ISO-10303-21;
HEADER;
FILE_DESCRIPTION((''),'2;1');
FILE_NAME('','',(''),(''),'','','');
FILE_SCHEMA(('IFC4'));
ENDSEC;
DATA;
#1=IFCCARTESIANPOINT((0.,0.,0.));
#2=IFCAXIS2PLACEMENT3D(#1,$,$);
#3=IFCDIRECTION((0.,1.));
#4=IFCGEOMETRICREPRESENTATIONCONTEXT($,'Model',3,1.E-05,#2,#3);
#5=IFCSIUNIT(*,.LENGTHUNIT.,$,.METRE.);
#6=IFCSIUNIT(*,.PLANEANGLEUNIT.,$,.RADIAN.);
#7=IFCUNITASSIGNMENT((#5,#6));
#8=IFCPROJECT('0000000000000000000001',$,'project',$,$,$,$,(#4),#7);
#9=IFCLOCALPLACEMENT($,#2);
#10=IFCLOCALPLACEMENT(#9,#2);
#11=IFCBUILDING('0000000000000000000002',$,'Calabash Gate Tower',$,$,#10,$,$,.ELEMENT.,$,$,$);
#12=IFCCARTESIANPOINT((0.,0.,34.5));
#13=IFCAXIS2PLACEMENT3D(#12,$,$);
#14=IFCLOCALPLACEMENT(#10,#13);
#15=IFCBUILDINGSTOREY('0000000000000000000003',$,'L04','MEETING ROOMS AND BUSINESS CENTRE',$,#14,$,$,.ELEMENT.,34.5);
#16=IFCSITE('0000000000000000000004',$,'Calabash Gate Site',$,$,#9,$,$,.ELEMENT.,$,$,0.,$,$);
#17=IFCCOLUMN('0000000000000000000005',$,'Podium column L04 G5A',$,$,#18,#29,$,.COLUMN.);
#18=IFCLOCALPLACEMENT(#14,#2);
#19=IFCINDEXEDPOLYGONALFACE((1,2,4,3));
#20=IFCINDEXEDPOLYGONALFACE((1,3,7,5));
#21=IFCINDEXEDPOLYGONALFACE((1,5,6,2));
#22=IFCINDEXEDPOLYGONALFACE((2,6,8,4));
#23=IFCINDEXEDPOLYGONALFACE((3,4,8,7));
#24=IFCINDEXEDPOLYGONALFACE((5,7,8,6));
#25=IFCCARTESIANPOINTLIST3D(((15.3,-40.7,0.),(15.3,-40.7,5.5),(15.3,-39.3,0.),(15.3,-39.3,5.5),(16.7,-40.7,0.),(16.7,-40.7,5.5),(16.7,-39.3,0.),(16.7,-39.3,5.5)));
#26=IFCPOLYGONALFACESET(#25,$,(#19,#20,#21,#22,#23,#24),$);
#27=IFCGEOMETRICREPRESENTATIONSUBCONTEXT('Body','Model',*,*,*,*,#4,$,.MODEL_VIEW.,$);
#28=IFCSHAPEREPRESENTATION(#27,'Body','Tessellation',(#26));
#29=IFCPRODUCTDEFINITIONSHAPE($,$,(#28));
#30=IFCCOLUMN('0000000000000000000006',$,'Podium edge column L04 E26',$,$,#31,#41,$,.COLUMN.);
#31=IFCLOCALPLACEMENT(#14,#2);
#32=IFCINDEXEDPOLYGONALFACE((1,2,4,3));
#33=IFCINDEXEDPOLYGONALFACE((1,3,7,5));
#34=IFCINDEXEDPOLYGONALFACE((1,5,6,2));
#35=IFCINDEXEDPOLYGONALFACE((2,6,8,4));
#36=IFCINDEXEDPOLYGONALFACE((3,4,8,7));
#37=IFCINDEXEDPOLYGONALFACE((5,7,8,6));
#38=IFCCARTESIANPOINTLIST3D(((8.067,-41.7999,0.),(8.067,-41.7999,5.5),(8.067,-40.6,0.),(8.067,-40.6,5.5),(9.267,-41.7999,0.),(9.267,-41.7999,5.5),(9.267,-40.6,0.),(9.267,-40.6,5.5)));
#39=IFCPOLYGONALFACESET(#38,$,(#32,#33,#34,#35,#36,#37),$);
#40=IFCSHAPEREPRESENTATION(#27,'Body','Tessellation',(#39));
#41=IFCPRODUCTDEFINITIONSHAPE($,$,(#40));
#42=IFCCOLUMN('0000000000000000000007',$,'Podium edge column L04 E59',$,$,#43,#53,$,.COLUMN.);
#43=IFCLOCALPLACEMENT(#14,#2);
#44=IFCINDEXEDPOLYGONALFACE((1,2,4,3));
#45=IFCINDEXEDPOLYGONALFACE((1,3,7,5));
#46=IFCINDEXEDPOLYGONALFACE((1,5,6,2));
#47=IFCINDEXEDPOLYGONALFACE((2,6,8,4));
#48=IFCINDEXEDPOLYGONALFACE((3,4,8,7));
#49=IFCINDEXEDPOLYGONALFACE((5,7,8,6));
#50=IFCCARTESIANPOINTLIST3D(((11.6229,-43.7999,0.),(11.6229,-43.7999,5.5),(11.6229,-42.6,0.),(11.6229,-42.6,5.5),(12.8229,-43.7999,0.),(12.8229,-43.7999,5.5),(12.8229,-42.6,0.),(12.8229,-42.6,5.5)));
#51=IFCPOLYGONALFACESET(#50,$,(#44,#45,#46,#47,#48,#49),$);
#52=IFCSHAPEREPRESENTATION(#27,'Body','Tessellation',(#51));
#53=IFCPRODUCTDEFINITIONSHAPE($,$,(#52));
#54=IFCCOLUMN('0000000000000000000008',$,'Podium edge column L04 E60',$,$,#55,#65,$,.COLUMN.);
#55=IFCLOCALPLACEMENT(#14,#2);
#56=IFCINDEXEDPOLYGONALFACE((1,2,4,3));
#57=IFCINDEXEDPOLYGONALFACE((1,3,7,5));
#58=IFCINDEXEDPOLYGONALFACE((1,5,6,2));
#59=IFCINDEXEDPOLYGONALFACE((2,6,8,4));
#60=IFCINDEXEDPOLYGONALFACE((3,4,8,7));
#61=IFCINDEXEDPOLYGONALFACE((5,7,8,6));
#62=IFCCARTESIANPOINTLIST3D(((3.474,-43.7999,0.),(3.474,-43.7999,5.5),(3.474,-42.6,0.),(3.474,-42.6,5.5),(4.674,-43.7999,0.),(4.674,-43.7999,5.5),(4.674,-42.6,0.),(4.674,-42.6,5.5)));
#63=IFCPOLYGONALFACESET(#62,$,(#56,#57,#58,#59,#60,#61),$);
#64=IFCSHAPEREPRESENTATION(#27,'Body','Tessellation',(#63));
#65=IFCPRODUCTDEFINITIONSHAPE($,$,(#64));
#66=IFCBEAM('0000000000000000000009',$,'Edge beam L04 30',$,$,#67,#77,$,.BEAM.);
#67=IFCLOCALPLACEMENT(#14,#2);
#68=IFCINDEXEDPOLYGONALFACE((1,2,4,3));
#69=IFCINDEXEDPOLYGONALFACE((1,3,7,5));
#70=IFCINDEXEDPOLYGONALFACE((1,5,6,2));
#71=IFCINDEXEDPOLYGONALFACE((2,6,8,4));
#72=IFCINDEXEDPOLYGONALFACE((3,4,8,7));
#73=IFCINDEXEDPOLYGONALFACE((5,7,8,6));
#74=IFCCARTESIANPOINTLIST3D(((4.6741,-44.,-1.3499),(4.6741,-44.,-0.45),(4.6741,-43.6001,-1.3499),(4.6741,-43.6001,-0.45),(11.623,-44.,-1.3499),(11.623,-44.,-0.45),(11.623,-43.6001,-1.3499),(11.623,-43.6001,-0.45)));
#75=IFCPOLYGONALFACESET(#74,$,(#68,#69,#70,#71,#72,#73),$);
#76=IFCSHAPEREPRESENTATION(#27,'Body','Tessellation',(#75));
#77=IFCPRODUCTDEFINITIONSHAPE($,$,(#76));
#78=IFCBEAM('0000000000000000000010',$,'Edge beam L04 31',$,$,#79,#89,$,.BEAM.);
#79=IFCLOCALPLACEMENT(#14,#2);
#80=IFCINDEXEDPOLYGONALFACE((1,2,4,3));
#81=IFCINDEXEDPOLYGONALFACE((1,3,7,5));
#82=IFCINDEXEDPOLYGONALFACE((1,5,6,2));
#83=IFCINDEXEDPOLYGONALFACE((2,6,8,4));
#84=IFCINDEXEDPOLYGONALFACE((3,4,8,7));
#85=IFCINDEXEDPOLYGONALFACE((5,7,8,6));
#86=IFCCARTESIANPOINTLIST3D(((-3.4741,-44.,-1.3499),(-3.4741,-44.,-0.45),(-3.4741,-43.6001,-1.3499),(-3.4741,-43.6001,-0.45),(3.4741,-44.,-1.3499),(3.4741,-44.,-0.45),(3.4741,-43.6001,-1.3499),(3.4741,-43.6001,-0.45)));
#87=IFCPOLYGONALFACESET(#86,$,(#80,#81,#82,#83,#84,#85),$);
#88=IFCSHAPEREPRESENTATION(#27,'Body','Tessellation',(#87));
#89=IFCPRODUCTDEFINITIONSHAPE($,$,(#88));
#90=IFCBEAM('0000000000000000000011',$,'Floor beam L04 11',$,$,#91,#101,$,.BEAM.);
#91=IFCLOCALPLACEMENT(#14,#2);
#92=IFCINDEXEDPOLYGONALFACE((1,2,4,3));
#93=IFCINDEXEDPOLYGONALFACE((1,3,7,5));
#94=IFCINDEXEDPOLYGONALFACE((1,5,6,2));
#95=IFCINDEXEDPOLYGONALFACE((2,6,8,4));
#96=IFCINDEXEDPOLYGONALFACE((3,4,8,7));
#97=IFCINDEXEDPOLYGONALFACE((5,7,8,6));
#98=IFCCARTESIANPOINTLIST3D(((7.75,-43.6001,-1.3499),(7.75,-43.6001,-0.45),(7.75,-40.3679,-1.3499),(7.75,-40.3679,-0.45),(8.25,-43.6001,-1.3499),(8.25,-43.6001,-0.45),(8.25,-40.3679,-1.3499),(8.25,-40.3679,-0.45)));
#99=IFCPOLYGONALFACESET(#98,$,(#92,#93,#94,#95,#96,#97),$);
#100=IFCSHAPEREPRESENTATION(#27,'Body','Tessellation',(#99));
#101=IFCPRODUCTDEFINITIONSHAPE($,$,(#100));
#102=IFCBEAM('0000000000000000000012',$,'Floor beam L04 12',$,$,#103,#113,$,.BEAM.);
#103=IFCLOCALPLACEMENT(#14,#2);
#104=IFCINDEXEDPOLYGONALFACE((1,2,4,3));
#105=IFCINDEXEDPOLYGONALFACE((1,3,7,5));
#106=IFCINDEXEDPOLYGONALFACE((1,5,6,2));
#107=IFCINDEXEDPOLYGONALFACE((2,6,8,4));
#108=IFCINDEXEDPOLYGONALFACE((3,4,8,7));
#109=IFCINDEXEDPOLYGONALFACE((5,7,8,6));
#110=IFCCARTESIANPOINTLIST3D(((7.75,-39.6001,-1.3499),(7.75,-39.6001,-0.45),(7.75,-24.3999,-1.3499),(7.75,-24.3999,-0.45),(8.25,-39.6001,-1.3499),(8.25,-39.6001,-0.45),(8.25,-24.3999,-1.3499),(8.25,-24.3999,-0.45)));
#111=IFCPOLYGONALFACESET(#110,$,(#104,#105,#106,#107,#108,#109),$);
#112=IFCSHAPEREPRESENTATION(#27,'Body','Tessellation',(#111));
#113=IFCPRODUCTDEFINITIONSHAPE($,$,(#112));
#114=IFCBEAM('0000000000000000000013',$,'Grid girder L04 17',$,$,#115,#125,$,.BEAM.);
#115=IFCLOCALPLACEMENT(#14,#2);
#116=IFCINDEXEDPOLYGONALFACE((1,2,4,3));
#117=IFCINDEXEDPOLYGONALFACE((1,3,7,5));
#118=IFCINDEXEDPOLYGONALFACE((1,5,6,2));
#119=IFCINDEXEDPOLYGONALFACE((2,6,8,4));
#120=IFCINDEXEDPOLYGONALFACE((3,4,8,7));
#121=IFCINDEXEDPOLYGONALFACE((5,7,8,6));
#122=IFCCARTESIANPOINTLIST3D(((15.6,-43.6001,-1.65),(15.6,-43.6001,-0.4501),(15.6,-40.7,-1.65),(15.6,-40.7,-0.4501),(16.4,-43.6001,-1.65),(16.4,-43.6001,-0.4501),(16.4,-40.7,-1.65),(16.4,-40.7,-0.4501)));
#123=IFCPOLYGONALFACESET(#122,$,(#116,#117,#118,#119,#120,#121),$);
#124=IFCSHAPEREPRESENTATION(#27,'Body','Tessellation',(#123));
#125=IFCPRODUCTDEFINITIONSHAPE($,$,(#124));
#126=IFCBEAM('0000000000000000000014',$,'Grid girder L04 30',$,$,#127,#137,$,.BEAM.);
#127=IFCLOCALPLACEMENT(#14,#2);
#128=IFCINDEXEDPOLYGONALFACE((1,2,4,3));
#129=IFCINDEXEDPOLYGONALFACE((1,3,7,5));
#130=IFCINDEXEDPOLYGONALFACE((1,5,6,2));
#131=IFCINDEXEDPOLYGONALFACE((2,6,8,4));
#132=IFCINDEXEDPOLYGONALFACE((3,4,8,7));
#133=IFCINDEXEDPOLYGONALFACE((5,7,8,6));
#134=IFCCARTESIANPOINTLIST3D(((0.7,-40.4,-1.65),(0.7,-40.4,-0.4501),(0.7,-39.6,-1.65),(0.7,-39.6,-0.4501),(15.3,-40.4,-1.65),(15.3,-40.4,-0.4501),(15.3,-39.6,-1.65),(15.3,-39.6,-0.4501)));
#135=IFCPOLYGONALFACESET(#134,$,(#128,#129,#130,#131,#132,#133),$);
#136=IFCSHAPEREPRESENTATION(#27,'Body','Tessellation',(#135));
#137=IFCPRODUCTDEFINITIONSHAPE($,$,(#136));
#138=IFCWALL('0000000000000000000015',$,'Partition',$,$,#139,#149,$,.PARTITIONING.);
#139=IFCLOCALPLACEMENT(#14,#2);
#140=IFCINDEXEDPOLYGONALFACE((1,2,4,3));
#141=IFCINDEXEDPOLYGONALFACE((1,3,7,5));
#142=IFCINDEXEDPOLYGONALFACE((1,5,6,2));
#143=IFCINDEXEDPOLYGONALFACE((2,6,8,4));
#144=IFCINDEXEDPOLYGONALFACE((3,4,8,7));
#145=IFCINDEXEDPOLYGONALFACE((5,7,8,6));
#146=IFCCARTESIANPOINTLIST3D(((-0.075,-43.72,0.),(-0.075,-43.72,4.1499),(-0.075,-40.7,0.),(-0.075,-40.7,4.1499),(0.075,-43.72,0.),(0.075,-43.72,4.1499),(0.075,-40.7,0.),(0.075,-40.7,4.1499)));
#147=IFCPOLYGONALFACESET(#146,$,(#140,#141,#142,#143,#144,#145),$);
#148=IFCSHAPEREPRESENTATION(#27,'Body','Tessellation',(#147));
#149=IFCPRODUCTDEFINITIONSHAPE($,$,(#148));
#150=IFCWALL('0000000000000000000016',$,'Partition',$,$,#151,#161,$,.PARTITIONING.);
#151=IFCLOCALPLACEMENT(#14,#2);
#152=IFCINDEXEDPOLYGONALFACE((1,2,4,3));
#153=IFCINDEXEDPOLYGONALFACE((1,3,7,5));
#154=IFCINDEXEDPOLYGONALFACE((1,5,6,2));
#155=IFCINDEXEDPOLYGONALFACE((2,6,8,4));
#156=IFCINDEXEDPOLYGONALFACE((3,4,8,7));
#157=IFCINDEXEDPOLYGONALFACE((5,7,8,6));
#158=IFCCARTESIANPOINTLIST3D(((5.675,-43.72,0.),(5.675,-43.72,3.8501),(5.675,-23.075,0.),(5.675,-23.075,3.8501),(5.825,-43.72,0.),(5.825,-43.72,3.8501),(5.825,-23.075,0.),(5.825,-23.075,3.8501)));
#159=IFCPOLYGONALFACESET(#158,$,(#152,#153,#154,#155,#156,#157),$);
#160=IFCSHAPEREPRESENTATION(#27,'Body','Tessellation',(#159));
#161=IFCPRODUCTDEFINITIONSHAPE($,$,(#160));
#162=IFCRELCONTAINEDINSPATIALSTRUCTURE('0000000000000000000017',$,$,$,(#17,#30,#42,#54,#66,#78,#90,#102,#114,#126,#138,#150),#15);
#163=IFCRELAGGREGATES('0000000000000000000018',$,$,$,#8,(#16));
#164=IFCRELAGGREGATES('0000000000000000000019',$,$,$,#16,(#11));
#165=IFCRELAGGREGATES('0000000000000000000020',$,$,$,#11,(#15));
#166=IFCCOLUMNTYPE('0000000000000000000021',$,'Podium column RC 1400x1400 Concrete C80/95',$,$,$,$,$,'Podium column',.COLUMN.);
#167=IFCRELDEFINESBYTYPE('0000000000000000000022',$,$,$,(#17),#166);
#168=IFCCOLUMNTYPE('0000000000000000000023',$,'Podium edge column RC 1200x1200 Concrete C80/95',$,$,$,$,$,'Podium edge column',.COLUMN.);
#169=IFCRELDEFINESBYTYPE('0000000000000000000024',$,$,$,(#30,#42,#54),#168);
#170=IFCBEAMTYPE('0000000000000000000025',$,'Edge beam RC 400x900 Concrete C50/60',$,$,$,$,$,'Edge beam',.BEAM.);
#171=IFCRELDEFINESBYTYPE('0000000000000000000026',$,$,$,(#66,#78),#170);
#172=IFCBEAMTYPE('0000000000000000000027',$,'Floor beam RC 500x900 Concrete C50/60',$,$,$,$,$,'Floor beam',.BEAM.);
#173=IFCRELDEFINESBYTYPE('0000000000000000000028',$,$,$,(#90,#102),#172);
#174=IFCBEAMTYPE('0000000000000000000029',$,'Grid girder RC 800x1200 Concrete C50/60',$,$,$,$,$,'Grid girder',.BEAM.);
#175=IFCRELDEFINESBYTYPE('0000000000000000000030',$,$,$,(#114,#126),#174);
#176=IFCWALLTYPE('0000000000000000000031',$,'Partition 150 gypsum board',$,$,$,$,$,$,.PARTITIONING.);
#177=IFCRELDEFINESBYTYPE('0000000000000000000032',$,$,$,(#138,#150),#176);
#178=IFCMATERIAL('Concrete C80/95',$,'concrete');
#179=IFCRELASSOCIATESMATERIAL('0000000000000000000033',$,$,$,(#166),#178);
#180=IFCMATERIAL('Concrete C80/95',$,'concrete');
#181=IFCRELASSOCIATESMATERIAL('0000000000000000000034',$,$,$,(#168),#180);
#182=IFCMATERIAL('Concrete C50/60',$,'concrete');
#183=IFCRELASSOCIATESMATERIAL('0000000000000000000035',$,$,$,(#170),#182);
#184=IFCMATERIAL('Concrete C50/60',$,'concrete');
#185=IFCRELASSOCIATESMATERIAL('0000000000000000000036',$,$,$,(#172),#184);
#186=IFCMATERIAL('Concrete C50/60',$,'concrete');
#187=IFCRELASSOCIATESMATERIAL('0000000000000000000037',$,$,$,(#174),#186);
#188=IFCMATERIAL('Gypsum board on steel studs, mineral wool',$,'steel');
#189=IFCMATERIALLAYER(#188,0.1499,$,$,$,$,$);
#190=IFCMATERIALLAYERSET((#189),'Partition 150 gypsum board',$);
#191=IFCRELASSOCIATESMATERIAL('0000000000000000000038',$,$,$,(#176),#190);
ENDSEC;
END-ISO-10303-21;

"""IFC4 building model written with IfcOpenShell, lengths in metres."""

from ifc_helpers import new_model, si_unit, direction, frame, frame_2d, origin, origin_2d, place, context, subcontext, project, spatial, rectangle, extrude, material, layer, layer_set, material_profile, profile_set, type_object, element, save


model = new_model("IFC4")

# Units and contexts
model_context = context("Model", 3, precision=1e-05, world=origin(), true_north=direction((0.0, 1.0)))
body_context = subcontext(model_context, "Body", "Model", "MODEL_VIEW")
ifc_project = project(units=[si_unit("LENGTHUNIT", "METRE"), si_unit("PLANEANGLEUNIT", "RADIAN")], contexts=[model_context])

# Site, building, storey
site_placement = place(None, origin())
site = spatial("IfcSite", under=ifc_project, at=site_placement, Name="Calabash Gate Site", CompositionType="ELEMENT", RefElevation=0.0)
building_placement = place(site_placement, origin())
building = spatial("IfcBuilding", under=site, at=building_placement, Name="Calabash Gate Tower", CompositionType="ELEMENT")
storey_placement = place(building_placement, frame((0.0, 0.0, 34.5)))
storey = spatial("IfcBuildingStorey", under=building, at=storey_placement, Name="L04", Description="MEETING ROOMS AND BUSINESS CENTRE", CompositionType="ELEMENT", Elevation=34.5)

# Columns
ifc_material_1 = material(Name="Concrete C80/95", Category="concrete")
ifc_material_profile_1 = material_profile(ifc_material_1, rectangle(XDim=1.3999, YDim=1.3999, at=origin_2d()))
ifc_profile_set_1 = profile_set([ifc_material_profile_1], Name="Concrete C80/95")
column_type_1 = type_object("IfcColumnType", Name="Podium column RC 1400x1400 Concrete C80/95", ElementType="Podium column", PredefinedType="COLUMN", material=ifc_profile_set_1)
column_placement = place(storey_placement, frame((16.0, -40.0, 0.0), z_axis=(0.0, 0.0, 1.0), x_axis=(1.0, 0.0, 0.0)))
element("IfcColumn", 1, at=column_placement, inside=storey, type_object=column_type_1, Name="Podium column L04 G5A", PredefinedType="COLUMN", context=body_context, shape_type="SweptSolid", body=[
    extrude(rectangle(XDim=1.3999, YDim=1.3999, at=origin_2d()), origin(), (0.0, 0.0, 1.0), 5.5),
])
ifc_material_2 = material(Name="Concrete C80/95", Category="concrete")
ifc_material_profile_2 = material_profile(ifc_material_2, rectangle(XDim=1.2, YDim=1.2, at=origin_2d()))
ifc_profile_set_2 = profile_set([ifc_material_profile_2], Name="Concrete C80/95")
column_type_2 = type_object("IfcColumnType", Name="Podium edge column RC 1200x1200 Concrete C80/95", ElementType="Podium edge column", PredefinedType="COLUMN", material=ifc_profile_set_2)
for number, where, z_axis, x_axis, name in (
    (2, (8.667, -41.2, 0.0), (0.0, 0.0, 1.0), (1.0, 0.0, 0.0), "Podium edge column L04 E26"),
    (3, (12.2229, -43.2, 0.0), (0.0, 0.0, 1.0), (1.0, 0.0, 0.0), "Podium edge column L04 E59"),
    (4, (4.074, -43.2, 0.0), (0.0, 0.0, 1.0), (1.0, 0.0, 0.0), "Podium edge column L04 E60"),
):
    element("IfcColumn", number, at=place(storey_placement, frame(where, z_axis=z_axis, x_axis=x_axis)), inside=storey, type_object=column_type_2, Name=name, PredefinedType="COLUMN", context=body_context, shape_type="SweptSolid", body=[
        extrude(rectangle(XDim=1.2, YDim=1.2, at=origin_2d()), origin(), (0.0, 0.0, 1.0), 5.5),
    ])

# Beams
ifc_material_3 = material(Name="Concrete C50/60", Category="concrete")
ifc_material_profile_3 = material_profile(ifc_material_3, rectangle(XDim=0.3999, YDim=0.8999, at=origin_2d()))
ifc_profile_set_3 = profile_set([ifc_material_profile_3], Name="Concrete C50/60")
beam_type_1 = type_object("IfcBeamType", Name="Edge beam RC 400x900 Concrete C50/60", ElementType="Edge beam", PredefinedType="BEAM", material=ifc_profile_set_3)
beam_1_placement = place(storey_placement, frame((11.623, -43.8, -0.8999), z_axis=(-1.0, 0.0, 0.0), x_axis=(0.0, -1.0, 0.0)))
element("IfcBeam", 5, at=beam_1_placement, inside=storey, type_object=beam_type_1, Name="Edge beam L04 30", PredefinedType="BEAM", context=body_context, shape_type="SweptSolid", body=[
    extrude(rectangle(XDim=0.3999, YDim=0.8999, at=origin_2d()), origin(), (0.0, 0.0, 1.0), 6.949),
])
beam_2_placement = place(storey_placement, frame((3.4741, -43.8, -0.8999), z_axis=(-1.0, 0.0, 0.0), x_axis=(0.0, -1.0, 0.0)))
element("IfcBeam", 6, at=beam_2_placement, inside=storey, type_object=beam_type_1, Name="Edge beam L04 31", PredefinedType="BEAM", context=body_context, shape_type="SweptSolid", body=[
    extrude(rectangle(XDim=0.3999, YDim=0.8999, at=origin_2d()), origin(), (0.0, 0.0, 1.0), 6.9482),
])
ifc_material_4 = material(Name="Concrete C50/60", Category="concrete")
ifc_material_profile_4 = material_profile(ifc_material_4, rectangle(XDim=0.5, YDim=0.8999, at=origin_2d()))
ifc_profile_set_4 = profile_set([ifc_material_profile_4], Name="Concrete C50/60")
beam_type_2 = type_object("IfcBeamType", Name="Floor beam RC 500x900 Concrete C50/60", ElementType="Floor beam", PredefinedType="BEAM", material=ifc_profile_set_4)
beam_3_placement = place(storey_placement, frame((8.0, -43.6001, -0.8999), z_axis=(0.0, 1.0, 0.0), x_axis=(-1.0, 0.0, 0.0)))
element("IfcBeam", 7, at=beam_3_placement, inside=storey, type_object=beam_type_2, Name="Floor beam L04 11", PredefinedType="BEAM", context=body_context, shape_type="SweptSolid", body=[
    extrude(rectangle(XDim=0.5, YDim=0.8999, at=origin_2d()), origin(), (0.0, 0.0, 1.0), 3.2322),
])
beam_4_placement = place(storey_placement, frame((8.0, -39.6001, -0.8999), z_axis=(0.0, 1.0, 0.0), x_axis=(-1.0, 0.0, 0.0)))
element("IfcBeam", 8, at=beam_4_placement, inside=storey, type_object=beam_type_2, Name="Floor beam L04 12", PredefinedType="BEAM", context=body_context, shape_type="SweptSolid", body=[
    extrude(rectangle(XDim=0.5, YDim=0.8999, at=origin_2d()), origin(), (0.0, 0.0, 1.0), 15.2002),
])
ifc_material_5 = material(Name="Concrete C50/60", Category="concrete")
ifc_material_profile_5 = material_profile(ifc_material_5, rectangle(XDim=0.8, YDim=1.2, at=origin_2d()))
ifc_profile_set_5 = profile_set([ifc_material_profile_5], Name="Concrete C50/60")
beam_type_3 = type_object("IfcBeamType", Name="Grid girder RC 800x1200 Concrete C50/60", ElementType="Grid girder", PredefinedType="BEAM", material=ifc_profile_set_5)
beam_5_placement = place(storey_placement, frame((16.0, -43.6001, -1.05), z_axis=(0.0, 1.0, 0.0), x_axis=(-1.0, 0.0, 0.0)))
element("IfcBeam", 9, at=beam_5_placement, inside=storey, type_object=beam_type_3, Name="Grid girder L04 17", PredefinedType="BEAM", context=body_context, shape_type="SweptSolid", body=[
    extrude(rectangle(XDim=0.8, YDim=1.2, at=origin_2d()), origin(), (0.0, 0.0, 1.0), 2.9001),
])
beam_6_placement = place(storey_placement, frame((0.7, -40.0, -1.05), z_axis=(1.0, 0.0, 0.0), x_axis=(0.0, 1.0, 0.0)))
element("IfcBeam", 10, at=beam_6_placement, inside=storey, type_object=beam_type_3, Name="Grid girder L04 30", PredefinedType="BEAM", context=body_context, shape_type="SweptSolid", body=[
    extrude(rectangle(XDim=0.8, YDim=1.2, at=origin_2d()), origin(), (0.0, 0.0, 1.0), 14.6001),
])

# Walls
ifc_material_6 = material(Name="Gypsum board on steel studs, mineral wool", Category="steel")
ifc_layer_1 = layer(ifc_material_6, 0.1499)
ifc_layer_set_1 = layer_set([ifc_layer_1], Name="Partition 150 gypsum board")
wall_type_1 = type_object("IfcWallType", Name="Partition 150 gypsum board", PredefinedType="PARTITIONING", material=ifc_layer_set_1)
wall_1_placement = place(storey_placement, frame((0.0, -43.72, 0.0), z_axis=(0.0, 0.0, 1.0), x_axis=(0.0, 1.0, 0.0)))
element("IfcWall", 11, at=wall_1_placement, inside=storey, type_object=wall_type_1, Name="Partition", PredefinedType="PARTITIONING", context=body_context, shape_type="SweptSolid", body=[
    extrude(rectangle(XDim=3.02, YDim=0.1499, at=frame_2d((1.51, 0.0))), origin(), (0.0, 0.0, 1.0), 4.1499),
])
wall_2_placement = place(storey_placement, frame((5.75, -43.72, 0.0), z_axis=(0.0, 0.0, 1.0), x_axis=(0.0, 1.0, 0.0)))
element("IfcWall", 12, at=wall_2_placement, inside=storey, type_object=wall_type_1, Name="Partition", PredefinedType="PARTITIONING", context=body_context, shape_type="SweptSolid", body=[
    extrude(rectangle(XDim=20.645, YDim=0.1499, at=frame_2d((10.3225, 0.0))), origin(), (0.0, 0.0, 1.0), 3.8501),
])

save(model, "model.ifc")
